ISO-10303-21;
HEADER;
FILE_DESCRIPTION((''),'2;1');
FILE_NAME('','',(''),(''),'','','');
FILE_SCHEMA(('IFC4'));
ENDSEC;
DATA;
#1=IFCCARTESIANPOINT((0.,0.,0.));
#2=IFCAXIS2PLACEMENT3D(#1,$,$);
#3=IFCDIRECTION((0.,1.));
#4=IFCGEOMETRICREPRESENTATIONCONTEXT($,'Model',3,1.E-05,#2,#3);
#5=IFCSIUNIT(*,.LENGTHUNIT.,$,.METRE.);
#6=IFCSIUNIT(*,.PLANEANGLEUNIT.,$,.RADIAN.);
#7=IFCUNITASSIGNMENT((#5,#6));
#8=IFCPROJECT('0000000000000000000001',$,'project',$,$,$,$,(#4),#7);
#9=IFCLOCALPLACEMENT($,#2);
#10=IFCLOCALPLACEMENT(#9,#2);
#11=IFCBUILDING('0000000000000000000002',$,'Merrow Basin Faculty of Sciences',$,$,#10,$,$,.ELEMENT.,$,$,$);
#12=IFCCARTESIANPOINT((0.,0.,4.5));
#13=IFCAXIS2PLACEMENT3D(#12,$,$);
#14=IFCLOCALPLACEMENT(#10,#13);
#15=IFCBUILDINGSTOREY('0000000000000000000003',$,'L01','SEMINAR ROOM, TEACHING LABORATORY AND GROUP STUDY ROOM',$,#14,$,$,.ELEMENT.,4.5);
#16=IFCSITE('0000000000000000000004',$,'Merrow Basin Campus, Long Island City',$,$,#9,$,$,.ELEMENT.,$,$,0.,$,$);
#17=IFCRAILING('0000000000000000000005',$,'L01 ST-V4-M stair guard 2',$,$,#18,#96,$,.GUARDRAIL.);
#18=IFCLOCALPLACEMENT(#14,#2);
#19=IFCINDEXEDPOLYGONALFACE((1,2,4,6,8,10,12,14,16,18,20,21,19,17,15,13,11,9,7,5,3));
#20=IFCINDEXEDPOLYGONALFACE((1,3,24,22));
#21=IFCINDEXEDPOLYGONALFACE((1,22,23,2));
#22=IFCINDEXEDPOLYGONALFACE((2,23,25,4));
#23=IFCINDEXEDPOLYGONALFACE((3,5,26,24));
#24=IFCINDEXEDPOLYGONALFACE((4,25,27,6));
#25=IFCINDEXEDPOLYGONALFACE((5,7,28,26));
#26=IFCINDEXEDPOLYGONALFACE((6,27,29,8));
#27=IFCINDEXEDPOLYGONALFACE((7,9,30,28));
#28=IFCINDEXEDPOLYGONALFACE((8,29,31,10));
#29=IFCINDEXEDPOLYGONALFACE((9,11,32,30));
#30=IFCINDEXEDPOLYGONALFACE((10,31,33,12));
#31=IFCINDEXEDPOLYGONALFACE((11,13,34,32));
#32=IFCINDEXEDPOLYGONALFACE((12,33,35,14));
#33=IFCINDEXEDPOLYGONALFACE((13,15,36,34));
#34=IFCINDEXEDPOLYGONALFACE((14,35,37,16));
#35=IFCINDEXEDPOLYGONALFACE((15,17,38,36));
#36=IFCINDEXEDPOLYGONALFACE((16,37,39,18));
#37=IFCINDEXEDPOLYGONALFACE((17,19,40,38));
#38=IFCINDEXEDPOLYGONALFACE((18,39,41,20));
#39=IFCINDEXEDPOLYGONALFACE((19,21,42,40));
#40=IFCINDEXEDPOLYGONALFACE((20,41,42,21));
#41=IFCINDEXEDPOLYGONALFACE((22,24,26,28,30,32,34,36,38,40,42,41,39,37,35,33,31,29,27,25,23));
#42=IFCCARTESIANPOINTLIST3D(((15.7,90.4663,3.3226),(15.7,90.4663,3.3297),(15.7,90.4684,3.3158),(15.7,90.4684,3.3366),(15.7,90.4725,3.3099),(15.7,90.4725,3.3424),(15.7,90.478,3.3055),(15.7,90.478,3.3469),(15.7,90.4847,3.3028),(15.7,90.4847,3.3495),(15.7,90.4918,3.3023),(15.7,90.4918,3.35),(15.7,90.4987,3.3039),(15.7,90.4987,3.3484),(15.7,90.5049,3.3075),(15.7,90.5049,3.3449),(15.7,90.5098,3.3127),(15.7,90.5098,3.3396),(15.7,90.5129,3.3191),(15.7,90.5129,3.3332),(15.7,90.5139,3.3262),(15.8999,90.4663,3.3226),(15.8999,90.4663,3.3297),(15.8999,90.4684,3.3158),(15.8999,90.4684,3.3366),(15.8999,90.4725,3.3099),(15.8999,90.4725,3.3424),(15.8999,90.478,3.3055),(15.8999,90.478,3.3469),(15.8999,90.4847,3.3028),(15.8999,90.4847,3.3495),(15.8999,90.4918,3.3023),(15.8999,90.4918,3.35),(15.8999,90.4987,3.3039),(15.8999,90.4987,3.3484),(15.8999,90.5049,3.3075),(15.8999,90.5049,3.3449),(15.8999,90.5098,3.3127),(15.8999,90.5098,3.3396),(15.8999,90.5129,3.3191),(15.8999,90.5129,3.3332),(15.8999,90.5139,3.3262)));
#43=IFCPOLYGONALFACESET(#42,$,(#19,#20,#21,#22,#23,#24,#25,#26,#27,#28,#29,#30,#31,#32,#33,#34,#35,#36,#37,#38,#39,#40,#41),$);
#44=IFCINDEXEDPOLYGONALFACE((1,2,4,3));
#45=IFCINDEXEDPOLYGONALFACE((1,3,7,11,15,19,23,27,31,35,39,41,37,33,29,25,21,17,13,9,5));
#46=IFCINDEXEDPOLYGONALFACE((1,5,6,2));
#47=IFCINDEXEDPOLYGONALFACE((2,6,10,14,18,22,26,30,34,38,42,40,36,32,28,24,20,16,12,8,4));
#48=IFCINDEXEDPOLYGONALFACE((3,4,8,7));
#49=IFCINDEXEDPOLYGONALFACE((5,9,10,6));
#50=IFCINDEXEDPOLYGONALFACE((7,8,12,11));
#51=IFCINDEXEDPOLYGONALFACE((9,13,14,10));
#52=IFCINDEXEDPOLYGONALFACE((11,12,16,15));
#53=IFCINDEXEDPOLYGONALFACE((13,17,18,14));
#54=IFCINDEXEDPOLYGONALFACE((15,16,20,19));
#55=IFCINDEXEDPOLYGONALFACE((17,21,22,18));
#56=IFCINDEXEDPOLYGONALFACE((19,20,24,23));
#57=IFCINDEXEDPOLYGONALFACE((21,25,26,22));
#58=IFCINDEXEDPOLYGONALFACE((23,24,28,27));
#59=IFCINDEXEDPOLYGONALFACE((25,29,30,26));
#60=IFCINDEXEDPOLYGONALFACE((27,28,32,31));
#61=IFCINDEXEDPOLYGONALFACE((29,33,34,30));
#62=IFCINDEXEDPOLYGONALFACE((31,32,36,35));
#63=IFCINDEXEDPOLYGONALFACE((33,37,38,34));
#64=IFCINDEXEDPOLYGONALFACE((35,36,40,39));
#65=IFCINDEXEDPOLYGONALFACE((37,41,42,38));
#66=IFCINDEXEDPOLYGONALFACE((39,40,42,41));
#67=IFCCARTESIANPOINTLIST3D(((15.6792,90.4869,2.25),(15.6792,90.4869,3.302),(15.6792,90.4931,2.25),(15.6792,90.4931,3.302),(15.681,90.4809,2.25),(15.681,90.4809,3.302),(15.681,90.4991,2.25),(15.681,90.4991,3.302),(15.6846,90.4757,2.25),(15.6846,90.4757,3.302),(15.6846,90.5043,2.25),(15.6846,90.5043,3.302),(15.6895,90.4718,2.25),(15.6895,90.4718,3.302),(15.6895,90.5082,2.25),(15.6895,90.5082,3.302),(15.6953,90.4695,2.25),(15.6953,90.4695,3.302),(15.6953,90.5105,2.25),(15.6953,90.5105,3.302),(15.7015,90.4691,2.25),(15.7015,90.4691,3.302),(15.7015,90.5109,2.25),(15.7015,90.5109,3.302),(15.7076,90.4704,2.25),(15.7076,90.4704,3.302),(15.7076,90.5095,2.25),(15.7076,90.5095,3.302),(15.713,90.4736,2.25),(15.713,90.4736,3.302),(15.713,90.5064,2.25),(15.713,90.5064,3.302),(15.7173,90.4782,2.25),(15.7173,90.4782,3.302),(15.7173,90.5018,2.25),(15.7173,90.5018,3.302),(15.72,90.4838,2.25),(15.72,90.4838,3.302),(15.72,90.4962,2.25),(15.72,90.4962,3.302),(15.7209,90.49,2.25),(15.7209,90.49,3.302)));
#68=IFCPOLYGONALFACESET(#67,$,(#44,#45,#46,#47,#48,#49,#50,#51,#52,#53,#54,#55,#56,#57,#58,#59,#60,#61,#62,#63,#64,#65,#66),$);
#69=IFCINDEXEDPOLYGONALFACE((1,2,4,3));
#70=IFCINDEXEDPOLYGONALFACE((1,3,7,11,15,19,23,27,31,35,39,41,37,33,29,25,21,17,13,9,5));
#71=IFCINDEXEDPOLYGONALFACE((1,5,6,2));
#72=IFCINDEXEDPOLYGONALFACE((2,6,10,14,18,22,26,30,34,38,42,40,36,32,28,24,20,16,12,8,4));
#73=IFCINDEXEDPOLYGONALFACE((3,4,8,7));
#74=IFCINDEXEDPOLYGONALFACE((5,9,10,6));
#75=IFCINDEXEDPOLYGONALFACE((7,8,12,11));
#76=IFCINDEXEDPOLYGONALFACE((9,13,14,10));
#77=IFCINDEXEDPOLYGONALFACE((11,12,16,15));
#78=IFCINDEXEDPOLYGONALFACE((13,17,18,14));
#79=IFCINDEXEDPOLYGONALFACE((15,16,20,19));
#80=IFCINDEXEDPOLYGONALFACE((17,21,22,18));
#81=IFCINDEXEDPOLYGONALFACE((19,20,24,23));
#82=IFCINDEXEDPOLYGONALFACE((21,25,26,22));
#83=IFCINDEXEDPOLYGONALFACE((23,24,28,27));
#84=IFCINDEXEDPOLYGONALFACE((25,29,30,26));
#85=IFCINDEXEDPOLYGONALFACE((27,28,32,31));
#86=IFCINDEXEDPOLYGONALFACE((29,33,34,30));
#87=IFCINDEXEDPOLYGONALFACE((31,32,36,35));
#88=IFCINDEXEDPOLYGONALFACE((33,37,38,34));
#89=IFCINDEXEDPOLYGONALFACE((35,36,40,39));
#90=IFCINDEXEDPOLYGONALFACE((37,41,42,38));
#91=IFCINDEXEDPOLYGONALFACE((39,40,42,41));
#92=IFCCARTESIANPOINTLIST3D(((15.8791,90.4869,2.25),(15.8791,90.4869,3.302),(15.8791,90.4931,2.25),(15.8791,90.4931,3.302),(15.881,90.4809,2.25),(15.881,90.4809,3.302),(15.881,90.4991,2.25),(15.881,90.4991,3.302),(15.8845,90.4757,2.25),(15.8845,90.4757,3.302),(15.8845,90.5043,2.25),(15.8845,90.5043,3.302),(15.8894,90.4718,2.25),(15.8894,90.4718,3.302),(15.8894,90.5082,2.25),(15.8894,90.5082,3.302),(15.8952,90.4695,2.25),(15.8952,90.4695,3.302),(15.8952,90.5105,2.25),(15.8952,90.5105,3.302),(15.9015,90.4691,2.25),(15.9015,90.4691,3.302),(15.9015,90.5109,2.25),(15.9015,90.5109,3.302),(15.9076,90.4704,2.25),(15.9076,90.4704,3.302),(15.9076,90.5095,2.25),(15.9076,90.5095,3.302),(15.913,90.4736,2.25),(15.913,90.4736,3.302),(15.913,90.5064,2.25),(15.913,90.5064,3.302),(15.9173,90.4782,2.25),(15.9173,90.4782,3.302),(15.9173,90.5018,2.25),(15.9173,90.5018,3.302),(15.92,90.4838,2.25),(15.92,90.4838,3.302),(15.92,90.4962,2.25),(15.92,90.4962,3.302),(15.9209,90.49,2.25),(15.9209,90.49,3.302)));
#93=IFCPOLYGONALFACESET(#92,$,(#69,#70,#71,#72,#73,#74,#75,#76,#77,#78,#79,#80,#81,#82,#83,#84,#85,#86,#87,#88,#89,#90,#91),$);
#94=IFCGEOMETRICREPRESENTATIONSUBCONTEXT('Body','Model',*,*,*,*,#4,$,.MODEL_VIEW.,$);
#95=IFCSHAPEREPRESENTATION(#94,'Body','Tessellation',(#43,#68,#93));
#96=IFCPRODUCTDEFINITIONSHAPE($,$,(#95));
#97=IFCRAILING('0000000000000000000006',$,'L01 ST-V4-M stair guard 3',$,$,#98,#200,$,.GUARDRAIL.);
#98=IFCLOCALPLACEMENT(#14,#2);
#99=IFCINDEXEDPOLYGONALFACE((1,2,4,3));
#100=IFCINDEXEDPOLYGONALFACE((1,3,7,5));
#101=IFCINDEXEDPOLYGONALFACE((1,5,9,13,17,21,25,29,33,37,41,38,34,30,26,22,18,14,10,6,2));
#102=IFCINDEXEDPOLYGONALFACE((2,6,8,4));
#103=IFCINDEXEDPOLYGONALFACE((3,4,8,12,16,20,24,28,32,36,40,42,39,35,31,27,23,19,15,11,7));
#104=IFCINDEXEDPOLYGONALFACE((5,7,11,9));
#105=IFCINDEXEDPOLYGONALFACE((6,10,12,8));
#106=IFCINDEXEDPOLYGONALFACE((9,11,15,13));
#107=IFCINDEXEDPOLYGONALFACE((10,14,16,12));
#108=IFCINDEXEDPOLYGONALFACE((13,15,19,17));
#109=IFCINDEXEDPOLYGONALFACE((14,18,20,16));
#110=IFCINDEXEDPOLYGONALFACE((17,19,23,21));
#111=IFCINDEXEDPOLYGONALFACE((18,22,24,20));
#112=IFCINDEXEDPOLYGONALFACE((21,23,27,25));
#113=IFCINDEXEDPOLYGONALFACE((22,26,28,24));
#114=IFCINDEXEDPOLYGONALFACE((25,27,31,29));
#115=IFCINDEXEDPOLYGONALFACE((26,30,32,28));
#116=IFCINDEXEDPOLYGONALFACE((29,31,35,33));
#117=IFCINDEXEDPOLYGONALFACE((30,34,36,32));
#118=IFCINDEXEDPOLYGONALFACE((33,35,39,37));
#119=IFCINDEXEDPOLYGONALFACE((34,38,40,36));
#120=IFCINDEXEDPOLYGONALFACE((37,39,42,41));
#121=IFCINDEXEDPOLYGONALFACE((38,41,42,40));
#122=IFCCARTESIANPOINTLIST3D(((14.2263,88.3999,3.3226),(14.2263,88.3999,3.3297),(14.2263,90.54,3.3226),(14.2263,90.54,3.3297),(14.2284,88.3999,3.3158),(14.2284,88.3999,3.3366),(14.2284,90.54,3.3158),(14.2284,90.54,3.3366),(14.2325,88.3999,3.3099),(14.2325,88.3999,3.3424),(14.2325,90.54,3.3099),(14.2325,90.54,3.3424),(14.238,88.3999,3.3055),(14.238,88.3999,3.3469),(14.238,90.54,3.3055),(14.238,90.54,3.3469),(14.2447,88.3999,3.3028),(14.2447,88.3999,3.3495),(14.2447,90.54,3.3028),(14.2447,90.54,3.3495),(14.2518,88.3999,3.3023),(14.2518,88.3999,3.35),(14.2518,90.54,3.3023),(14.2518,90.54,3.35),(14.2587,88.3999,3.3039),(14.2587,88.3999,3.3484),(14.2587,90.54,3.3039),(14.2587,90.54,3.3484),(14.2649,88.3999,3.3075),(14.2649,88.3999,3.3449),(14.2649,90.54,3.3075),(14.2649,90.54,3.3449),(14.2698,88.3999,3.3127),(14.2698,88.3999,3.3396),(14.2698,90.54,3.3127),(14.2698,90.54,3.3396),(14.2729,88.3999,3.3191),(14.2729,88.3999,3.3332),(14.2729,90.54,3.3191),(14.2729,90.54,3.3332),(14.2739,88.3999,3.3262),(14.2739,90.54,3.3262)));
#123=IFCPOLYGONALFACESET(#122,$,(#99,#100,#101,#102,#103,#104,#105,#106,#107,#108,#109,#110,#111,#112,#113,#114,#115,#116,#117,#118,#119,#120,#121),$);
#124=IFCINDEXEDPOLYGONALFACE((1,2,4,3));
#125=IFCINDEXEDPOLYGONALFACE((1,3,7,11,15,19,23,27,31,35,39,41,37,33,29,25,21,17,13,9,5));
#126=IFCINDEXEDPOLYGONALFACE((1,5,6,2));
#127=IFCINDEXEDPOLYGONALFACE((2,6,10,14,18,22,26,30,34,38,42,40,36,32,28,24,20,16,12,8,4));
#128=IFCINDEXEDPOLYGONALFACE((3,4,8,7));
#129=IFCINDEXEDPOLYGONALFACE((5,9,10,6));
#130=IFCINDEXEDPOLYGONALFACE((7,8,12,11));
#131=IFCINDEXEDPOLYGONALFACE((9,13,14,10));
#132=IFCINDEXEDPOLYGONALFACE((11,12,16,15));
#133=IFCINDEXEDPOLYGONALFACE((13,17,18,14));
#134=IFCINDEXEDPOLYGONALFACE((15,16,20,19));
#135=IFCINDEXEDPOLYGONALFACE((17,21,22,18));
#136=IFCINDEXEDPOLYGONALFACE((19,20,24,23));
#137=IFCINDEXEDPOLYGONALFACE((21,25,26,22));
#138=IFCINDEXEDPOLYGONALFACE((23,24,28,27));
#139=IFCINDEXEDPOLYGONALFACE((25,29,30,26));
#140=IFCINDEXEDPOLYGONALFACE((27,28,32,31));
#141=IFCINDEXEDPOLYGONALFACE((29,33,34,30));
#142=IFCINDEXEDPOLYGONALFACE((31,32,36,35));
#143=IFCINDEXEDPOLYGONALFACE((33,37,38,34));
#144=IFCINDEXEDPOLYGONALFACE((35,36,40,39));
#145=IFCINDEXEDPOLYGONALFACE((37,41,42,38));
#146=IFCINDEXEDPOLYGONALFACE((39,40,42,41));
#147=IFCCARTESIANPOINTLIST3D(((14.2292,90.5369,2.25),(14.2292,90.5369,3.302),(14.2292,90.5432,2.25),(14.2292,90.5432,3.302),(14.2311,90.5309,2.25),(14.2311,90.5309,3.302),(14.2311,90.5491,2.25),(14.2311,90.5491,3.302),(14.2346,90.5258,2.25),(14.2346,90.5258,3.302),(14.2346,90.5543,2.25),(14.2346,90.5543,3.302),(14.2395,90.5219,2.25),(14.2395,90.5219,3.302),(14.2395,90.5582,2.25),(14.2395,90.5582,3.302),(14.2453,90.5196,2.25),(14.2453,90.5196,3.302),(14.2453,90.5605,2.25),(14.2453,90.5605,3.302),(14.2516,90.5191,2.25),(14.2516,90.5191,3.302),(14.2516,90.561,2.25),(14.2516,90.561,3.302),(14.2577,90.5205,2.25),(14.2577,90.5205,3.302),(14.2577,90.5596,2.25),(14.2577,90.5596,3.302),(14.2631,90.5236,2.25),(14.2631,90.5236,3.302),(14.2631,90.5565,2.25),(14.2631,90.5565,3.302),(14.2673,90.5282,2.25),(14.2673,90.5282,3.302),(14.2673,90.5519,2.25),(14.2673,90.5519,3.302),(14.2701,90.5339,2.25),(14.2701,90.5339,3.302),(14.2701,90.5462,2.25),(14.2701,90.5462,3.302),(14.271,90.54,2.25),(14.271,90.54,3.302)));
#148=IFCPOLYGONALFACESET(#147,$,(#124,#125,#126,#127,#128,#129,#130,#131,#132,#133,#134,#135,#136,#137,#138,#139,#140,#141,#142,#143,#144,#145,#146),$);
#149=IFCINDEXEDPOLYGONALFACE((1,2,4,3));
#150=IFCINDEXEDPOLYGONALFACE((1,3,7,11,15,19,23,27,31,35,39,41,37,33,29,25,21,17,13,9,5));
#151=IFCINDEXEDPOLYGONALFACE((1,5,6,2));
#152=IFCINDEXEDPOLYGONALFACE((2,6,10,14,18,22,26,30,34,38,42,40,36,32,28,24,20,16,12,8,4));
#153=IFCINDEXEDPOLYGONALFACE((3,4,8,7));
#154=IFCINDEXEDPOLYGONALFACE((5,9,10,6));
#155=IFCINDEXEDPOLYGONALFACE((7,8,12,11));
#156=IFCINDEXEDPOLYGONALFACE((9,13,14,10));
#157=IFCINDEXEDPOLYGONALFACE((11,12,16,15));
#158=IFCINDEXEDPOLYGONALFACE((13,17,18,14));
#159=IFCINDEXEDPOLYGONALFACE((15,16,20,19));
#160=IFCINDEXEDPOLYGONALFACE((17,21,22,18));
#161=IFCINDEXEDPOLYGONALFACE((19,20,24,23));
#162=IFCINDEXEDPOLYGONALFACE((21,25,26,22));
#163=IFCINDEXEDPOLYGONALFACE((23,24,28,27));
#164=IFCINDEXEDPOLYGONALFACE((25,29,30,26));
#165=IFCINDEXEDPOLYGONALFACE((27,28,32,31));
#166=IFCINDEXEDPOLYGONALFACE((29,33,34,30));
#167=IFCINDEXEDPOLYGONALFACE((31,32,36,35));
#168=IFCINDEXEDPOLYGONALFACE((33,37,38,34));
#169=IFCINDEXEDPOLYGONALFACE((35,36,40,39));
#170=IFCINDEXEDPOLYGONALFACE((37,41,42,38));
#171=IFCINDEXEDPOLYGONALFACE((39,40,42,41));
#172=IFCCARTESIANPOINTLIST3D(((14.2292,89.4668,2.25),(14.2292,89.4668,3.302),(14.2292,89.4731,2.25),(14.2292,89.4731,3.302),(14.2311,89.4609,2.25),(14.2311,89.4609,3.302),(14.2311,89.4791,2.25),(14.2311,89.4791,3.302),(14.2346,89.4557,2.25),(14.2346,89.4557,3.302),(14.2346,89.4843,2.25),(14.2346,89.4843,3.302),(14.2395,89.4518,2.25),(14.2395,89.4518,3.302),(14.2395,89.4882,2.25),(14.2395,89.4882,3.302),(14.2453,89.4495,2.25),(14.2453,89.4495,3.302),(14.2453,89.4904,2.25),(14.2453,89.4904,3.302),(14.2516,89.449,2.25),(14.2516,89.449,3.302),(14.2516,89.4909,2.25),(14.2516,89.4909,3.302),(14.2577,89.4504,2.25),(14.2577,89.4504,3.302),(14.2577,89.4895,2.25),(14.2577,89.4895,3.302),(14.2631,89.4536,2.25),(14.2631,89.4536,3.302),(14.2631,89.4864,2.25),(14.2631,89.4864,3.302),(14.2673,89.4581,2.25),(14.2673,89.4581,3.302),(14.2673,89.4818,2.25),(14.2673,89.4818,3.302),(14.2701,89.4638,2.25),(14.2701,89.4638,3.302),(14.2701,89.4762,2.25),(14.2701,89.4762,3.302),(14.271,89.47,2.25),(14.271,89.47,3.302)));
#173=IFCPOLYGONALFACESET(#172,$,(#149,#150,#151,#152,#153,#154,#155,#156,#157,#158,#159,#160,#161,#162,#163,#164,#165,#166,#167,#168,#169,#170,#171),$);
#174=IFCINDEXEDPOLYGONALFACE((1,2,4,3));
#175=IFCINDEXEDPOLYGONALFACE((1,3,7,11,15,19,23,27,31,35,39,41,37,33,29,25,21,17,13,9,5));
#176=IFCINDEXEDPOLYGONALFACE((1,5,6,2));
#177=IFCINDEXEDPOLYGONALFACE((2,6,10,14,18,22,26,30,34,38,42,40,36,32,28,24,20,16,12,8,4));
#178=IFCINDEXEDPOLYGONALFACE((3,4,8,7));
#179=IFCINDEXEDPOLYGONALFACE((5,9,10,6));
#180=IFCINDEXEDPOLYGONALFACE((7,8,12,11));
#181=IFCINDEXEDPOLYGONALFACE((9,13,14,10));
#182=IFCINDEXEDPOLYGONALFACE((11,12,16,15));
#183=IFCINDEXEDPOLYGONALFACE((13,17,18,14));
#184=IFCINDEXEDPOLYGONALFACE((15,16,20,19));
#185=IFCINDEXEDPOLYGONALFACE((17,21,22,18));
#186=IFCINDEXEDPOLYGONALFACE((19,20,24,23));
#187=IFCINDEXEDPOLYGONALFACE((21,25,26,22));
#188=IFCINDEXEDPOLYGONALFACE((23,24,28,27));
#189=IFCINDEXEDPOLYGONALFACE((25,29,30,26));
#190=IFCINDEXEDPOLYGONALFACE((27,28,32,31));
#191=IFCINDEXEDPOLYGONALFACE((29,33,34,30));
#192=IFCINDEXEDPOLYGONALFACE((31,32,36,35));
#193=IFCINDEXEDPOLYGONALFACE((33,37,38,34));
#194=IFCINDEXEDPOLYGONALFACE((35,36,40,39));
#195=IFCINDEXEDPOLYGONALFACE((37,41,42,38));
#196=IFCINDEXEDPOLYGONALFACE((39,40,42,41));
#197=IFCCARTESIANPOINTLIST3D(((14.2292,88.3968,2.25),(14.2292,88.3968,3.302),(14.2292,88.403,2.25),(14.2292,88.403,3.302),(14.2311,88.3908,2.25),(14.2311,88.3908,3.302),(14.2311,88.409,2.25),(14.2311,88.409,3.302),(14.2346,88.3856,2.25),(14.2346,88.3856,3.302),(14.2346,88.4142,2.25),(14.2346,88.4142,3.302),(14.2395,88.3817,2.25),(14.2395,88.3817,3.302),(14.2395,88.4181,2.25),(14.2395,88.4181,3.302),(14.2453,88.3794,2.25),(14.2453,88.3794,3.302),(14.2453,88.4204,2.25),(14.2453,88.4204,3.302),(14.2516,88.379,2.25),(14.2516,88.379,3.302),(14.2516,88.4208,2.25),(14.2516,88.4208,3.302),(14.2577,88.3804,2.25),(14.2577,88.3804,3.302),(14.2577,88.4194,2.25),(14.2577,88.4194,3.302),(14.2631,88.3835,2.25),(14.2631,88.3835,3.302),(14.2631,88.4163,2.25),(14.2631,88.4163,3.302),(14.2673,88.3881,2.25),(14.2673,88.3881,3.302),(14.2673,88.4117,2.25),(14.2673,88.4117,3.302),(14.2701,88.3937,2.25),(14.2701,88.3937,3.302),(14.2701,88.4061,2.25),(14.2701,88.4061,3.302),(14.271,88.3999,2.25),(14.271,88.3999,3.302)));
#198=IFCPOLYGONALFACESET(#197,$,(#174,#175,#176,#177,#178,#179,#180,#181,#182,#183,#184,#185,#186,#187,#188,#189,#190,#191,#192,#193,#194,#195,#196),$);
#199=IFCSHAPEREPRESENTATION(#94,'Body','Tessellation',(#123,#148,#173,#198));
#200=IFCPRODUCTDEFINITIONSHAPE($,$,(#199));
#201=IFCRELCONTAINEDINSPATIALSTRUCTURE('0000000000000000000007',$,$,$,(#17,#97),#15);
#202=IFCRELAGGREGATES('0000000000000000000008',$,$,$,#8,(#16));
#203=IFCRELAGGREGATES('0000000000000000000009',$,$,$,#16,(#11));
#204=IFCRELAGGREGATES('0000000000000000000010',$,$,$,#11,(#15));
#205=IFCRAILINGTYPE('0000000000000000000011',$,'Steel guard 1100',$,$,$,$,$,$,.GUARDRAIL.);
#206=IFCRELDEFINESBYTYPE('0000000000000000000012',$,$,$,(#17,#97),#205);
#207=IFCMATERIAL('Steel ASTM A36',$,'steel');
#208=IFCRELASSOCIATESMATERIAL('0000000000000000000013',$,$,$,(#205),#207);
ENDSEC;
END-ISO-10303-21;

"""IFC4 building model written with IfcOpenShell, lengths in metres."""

from ifc_helpers import new_model, si_unit, direction, frame, origin, origin_2d, place, context, subcontext, project, spatial, circle, extrude, material, type_object, element, save


model = new_model("IFC4")

# Units and contexts
model_context = context("Model", 3, precision=1e-05, world=origin(), true_north=direction((0.0, 1.0)))
body_context = subcontext(model_context, "Body", "Model", "MODEL_VIEW")
ifc_project = project(units=[si_unit("LENGTHUNIT", "METRE"), si_unit("PLANEANGLEUNIT", "RADIAN")], contexts=[model_context])

# Site, building, storey
site_placement = place(None, origin())
site = spatial("IfcSite", under=ifc_project, at=site_placement, Name="Merrow Basin Campus, Long Island City", CompositionType="ELEMENT", RefElevation=0.0)
building_placement = place(site_placement, origin())
building = spatial("IfcBuilding", under=site, at=building_placement, Name="Merrow Basin Faculty of Sciences", CompositionType="ELEMENT")
storey_placement = place(building_placement, frame((0.0, 0.0, 4.5)))
storey = spatial("IfcBuildingStorey", under=building, at=storey_placement, Name="L01", Description="SEMINAR ROOM, TEACHING LABORATORY AND GROUP STUDY ROOM", CompositionType="ELEMENT", Elevation=4.5)

# Railings
ifc_material_1 = material(Name="Steel ASTM A36", Category="steel")
railing_type_1 = type_object("IfcRailingType", Name="Steel guard 1100", PredefinedType="GUARDRAIL", material=ifc_material_1)
railing_1_placement = place(storey_placement, frame((15.7, 90.49, 2.25)))
element("IfcRailing", 1, at=railing_1_placement, inside=storey, type_object=railing_type_1, Name="L01 ST-V4-M stair guard 2", PredefinedType="GUARDRAIL", context=body_context, shape_type="SweptSolid", body=[
    extrude(circle(Radius=0.0239, at=origin_2d()), frame((0.0, 0.0, 1.0762), z_axis=(1.0, 0.0, 0.0), x_axis=(0.0, 1.0, 0.0)), (0.0, 0.0, 1.0), 0.2),
    extrude(circle(Radius=0.021, at=origin_2d()), origin(), (0.0, 0.0, 1.0), 1.052),
    extrude(circle(Radius=0.021, at=origin_2d()), frame((0.2, 0.0, 0.0)), (0.0, 0.0, 1.0), 1.052),
])
railing_2_placement = place(storey_placement, frame((14.25, 90.54, 2.25)))
element("IfcRailing", 2, at=railing_2_placement, inside=storey, type_object=railing_type_1, Name="L01 ST-V4-M stair guard 3", PredefinedType="GUARDRAIL", context=body_context, shape_type="SweptSolid", body=[
    extrude(circle(Radius=0.0239, at=origin_2d()), frame((0.0, 0.0, 1.0762), z_axis=(0.0, -1.0, 0.0), x_axis=(1.0, 0.0, 0.0)), (0.0, 0.0, 1.0), 2.1401),
    extrude(circle(Radius=0.021, at=origin_2d()), origin(), (0.0, 0.0, 1.0), 1.052),
    extrude(circle(Radius=0.021, at=origin_2d()), frame((0.0, -1.0701, 0.0)), (0.0, 0.0, 1.0), 1.052),
    extrude(circle(Radius=0.021, at=origin_2d()), frame((0.0, -2.1401, 0.0)), (0.0, 0.0, 1.0), 1.052),
])

save(model, "model.ifc")
